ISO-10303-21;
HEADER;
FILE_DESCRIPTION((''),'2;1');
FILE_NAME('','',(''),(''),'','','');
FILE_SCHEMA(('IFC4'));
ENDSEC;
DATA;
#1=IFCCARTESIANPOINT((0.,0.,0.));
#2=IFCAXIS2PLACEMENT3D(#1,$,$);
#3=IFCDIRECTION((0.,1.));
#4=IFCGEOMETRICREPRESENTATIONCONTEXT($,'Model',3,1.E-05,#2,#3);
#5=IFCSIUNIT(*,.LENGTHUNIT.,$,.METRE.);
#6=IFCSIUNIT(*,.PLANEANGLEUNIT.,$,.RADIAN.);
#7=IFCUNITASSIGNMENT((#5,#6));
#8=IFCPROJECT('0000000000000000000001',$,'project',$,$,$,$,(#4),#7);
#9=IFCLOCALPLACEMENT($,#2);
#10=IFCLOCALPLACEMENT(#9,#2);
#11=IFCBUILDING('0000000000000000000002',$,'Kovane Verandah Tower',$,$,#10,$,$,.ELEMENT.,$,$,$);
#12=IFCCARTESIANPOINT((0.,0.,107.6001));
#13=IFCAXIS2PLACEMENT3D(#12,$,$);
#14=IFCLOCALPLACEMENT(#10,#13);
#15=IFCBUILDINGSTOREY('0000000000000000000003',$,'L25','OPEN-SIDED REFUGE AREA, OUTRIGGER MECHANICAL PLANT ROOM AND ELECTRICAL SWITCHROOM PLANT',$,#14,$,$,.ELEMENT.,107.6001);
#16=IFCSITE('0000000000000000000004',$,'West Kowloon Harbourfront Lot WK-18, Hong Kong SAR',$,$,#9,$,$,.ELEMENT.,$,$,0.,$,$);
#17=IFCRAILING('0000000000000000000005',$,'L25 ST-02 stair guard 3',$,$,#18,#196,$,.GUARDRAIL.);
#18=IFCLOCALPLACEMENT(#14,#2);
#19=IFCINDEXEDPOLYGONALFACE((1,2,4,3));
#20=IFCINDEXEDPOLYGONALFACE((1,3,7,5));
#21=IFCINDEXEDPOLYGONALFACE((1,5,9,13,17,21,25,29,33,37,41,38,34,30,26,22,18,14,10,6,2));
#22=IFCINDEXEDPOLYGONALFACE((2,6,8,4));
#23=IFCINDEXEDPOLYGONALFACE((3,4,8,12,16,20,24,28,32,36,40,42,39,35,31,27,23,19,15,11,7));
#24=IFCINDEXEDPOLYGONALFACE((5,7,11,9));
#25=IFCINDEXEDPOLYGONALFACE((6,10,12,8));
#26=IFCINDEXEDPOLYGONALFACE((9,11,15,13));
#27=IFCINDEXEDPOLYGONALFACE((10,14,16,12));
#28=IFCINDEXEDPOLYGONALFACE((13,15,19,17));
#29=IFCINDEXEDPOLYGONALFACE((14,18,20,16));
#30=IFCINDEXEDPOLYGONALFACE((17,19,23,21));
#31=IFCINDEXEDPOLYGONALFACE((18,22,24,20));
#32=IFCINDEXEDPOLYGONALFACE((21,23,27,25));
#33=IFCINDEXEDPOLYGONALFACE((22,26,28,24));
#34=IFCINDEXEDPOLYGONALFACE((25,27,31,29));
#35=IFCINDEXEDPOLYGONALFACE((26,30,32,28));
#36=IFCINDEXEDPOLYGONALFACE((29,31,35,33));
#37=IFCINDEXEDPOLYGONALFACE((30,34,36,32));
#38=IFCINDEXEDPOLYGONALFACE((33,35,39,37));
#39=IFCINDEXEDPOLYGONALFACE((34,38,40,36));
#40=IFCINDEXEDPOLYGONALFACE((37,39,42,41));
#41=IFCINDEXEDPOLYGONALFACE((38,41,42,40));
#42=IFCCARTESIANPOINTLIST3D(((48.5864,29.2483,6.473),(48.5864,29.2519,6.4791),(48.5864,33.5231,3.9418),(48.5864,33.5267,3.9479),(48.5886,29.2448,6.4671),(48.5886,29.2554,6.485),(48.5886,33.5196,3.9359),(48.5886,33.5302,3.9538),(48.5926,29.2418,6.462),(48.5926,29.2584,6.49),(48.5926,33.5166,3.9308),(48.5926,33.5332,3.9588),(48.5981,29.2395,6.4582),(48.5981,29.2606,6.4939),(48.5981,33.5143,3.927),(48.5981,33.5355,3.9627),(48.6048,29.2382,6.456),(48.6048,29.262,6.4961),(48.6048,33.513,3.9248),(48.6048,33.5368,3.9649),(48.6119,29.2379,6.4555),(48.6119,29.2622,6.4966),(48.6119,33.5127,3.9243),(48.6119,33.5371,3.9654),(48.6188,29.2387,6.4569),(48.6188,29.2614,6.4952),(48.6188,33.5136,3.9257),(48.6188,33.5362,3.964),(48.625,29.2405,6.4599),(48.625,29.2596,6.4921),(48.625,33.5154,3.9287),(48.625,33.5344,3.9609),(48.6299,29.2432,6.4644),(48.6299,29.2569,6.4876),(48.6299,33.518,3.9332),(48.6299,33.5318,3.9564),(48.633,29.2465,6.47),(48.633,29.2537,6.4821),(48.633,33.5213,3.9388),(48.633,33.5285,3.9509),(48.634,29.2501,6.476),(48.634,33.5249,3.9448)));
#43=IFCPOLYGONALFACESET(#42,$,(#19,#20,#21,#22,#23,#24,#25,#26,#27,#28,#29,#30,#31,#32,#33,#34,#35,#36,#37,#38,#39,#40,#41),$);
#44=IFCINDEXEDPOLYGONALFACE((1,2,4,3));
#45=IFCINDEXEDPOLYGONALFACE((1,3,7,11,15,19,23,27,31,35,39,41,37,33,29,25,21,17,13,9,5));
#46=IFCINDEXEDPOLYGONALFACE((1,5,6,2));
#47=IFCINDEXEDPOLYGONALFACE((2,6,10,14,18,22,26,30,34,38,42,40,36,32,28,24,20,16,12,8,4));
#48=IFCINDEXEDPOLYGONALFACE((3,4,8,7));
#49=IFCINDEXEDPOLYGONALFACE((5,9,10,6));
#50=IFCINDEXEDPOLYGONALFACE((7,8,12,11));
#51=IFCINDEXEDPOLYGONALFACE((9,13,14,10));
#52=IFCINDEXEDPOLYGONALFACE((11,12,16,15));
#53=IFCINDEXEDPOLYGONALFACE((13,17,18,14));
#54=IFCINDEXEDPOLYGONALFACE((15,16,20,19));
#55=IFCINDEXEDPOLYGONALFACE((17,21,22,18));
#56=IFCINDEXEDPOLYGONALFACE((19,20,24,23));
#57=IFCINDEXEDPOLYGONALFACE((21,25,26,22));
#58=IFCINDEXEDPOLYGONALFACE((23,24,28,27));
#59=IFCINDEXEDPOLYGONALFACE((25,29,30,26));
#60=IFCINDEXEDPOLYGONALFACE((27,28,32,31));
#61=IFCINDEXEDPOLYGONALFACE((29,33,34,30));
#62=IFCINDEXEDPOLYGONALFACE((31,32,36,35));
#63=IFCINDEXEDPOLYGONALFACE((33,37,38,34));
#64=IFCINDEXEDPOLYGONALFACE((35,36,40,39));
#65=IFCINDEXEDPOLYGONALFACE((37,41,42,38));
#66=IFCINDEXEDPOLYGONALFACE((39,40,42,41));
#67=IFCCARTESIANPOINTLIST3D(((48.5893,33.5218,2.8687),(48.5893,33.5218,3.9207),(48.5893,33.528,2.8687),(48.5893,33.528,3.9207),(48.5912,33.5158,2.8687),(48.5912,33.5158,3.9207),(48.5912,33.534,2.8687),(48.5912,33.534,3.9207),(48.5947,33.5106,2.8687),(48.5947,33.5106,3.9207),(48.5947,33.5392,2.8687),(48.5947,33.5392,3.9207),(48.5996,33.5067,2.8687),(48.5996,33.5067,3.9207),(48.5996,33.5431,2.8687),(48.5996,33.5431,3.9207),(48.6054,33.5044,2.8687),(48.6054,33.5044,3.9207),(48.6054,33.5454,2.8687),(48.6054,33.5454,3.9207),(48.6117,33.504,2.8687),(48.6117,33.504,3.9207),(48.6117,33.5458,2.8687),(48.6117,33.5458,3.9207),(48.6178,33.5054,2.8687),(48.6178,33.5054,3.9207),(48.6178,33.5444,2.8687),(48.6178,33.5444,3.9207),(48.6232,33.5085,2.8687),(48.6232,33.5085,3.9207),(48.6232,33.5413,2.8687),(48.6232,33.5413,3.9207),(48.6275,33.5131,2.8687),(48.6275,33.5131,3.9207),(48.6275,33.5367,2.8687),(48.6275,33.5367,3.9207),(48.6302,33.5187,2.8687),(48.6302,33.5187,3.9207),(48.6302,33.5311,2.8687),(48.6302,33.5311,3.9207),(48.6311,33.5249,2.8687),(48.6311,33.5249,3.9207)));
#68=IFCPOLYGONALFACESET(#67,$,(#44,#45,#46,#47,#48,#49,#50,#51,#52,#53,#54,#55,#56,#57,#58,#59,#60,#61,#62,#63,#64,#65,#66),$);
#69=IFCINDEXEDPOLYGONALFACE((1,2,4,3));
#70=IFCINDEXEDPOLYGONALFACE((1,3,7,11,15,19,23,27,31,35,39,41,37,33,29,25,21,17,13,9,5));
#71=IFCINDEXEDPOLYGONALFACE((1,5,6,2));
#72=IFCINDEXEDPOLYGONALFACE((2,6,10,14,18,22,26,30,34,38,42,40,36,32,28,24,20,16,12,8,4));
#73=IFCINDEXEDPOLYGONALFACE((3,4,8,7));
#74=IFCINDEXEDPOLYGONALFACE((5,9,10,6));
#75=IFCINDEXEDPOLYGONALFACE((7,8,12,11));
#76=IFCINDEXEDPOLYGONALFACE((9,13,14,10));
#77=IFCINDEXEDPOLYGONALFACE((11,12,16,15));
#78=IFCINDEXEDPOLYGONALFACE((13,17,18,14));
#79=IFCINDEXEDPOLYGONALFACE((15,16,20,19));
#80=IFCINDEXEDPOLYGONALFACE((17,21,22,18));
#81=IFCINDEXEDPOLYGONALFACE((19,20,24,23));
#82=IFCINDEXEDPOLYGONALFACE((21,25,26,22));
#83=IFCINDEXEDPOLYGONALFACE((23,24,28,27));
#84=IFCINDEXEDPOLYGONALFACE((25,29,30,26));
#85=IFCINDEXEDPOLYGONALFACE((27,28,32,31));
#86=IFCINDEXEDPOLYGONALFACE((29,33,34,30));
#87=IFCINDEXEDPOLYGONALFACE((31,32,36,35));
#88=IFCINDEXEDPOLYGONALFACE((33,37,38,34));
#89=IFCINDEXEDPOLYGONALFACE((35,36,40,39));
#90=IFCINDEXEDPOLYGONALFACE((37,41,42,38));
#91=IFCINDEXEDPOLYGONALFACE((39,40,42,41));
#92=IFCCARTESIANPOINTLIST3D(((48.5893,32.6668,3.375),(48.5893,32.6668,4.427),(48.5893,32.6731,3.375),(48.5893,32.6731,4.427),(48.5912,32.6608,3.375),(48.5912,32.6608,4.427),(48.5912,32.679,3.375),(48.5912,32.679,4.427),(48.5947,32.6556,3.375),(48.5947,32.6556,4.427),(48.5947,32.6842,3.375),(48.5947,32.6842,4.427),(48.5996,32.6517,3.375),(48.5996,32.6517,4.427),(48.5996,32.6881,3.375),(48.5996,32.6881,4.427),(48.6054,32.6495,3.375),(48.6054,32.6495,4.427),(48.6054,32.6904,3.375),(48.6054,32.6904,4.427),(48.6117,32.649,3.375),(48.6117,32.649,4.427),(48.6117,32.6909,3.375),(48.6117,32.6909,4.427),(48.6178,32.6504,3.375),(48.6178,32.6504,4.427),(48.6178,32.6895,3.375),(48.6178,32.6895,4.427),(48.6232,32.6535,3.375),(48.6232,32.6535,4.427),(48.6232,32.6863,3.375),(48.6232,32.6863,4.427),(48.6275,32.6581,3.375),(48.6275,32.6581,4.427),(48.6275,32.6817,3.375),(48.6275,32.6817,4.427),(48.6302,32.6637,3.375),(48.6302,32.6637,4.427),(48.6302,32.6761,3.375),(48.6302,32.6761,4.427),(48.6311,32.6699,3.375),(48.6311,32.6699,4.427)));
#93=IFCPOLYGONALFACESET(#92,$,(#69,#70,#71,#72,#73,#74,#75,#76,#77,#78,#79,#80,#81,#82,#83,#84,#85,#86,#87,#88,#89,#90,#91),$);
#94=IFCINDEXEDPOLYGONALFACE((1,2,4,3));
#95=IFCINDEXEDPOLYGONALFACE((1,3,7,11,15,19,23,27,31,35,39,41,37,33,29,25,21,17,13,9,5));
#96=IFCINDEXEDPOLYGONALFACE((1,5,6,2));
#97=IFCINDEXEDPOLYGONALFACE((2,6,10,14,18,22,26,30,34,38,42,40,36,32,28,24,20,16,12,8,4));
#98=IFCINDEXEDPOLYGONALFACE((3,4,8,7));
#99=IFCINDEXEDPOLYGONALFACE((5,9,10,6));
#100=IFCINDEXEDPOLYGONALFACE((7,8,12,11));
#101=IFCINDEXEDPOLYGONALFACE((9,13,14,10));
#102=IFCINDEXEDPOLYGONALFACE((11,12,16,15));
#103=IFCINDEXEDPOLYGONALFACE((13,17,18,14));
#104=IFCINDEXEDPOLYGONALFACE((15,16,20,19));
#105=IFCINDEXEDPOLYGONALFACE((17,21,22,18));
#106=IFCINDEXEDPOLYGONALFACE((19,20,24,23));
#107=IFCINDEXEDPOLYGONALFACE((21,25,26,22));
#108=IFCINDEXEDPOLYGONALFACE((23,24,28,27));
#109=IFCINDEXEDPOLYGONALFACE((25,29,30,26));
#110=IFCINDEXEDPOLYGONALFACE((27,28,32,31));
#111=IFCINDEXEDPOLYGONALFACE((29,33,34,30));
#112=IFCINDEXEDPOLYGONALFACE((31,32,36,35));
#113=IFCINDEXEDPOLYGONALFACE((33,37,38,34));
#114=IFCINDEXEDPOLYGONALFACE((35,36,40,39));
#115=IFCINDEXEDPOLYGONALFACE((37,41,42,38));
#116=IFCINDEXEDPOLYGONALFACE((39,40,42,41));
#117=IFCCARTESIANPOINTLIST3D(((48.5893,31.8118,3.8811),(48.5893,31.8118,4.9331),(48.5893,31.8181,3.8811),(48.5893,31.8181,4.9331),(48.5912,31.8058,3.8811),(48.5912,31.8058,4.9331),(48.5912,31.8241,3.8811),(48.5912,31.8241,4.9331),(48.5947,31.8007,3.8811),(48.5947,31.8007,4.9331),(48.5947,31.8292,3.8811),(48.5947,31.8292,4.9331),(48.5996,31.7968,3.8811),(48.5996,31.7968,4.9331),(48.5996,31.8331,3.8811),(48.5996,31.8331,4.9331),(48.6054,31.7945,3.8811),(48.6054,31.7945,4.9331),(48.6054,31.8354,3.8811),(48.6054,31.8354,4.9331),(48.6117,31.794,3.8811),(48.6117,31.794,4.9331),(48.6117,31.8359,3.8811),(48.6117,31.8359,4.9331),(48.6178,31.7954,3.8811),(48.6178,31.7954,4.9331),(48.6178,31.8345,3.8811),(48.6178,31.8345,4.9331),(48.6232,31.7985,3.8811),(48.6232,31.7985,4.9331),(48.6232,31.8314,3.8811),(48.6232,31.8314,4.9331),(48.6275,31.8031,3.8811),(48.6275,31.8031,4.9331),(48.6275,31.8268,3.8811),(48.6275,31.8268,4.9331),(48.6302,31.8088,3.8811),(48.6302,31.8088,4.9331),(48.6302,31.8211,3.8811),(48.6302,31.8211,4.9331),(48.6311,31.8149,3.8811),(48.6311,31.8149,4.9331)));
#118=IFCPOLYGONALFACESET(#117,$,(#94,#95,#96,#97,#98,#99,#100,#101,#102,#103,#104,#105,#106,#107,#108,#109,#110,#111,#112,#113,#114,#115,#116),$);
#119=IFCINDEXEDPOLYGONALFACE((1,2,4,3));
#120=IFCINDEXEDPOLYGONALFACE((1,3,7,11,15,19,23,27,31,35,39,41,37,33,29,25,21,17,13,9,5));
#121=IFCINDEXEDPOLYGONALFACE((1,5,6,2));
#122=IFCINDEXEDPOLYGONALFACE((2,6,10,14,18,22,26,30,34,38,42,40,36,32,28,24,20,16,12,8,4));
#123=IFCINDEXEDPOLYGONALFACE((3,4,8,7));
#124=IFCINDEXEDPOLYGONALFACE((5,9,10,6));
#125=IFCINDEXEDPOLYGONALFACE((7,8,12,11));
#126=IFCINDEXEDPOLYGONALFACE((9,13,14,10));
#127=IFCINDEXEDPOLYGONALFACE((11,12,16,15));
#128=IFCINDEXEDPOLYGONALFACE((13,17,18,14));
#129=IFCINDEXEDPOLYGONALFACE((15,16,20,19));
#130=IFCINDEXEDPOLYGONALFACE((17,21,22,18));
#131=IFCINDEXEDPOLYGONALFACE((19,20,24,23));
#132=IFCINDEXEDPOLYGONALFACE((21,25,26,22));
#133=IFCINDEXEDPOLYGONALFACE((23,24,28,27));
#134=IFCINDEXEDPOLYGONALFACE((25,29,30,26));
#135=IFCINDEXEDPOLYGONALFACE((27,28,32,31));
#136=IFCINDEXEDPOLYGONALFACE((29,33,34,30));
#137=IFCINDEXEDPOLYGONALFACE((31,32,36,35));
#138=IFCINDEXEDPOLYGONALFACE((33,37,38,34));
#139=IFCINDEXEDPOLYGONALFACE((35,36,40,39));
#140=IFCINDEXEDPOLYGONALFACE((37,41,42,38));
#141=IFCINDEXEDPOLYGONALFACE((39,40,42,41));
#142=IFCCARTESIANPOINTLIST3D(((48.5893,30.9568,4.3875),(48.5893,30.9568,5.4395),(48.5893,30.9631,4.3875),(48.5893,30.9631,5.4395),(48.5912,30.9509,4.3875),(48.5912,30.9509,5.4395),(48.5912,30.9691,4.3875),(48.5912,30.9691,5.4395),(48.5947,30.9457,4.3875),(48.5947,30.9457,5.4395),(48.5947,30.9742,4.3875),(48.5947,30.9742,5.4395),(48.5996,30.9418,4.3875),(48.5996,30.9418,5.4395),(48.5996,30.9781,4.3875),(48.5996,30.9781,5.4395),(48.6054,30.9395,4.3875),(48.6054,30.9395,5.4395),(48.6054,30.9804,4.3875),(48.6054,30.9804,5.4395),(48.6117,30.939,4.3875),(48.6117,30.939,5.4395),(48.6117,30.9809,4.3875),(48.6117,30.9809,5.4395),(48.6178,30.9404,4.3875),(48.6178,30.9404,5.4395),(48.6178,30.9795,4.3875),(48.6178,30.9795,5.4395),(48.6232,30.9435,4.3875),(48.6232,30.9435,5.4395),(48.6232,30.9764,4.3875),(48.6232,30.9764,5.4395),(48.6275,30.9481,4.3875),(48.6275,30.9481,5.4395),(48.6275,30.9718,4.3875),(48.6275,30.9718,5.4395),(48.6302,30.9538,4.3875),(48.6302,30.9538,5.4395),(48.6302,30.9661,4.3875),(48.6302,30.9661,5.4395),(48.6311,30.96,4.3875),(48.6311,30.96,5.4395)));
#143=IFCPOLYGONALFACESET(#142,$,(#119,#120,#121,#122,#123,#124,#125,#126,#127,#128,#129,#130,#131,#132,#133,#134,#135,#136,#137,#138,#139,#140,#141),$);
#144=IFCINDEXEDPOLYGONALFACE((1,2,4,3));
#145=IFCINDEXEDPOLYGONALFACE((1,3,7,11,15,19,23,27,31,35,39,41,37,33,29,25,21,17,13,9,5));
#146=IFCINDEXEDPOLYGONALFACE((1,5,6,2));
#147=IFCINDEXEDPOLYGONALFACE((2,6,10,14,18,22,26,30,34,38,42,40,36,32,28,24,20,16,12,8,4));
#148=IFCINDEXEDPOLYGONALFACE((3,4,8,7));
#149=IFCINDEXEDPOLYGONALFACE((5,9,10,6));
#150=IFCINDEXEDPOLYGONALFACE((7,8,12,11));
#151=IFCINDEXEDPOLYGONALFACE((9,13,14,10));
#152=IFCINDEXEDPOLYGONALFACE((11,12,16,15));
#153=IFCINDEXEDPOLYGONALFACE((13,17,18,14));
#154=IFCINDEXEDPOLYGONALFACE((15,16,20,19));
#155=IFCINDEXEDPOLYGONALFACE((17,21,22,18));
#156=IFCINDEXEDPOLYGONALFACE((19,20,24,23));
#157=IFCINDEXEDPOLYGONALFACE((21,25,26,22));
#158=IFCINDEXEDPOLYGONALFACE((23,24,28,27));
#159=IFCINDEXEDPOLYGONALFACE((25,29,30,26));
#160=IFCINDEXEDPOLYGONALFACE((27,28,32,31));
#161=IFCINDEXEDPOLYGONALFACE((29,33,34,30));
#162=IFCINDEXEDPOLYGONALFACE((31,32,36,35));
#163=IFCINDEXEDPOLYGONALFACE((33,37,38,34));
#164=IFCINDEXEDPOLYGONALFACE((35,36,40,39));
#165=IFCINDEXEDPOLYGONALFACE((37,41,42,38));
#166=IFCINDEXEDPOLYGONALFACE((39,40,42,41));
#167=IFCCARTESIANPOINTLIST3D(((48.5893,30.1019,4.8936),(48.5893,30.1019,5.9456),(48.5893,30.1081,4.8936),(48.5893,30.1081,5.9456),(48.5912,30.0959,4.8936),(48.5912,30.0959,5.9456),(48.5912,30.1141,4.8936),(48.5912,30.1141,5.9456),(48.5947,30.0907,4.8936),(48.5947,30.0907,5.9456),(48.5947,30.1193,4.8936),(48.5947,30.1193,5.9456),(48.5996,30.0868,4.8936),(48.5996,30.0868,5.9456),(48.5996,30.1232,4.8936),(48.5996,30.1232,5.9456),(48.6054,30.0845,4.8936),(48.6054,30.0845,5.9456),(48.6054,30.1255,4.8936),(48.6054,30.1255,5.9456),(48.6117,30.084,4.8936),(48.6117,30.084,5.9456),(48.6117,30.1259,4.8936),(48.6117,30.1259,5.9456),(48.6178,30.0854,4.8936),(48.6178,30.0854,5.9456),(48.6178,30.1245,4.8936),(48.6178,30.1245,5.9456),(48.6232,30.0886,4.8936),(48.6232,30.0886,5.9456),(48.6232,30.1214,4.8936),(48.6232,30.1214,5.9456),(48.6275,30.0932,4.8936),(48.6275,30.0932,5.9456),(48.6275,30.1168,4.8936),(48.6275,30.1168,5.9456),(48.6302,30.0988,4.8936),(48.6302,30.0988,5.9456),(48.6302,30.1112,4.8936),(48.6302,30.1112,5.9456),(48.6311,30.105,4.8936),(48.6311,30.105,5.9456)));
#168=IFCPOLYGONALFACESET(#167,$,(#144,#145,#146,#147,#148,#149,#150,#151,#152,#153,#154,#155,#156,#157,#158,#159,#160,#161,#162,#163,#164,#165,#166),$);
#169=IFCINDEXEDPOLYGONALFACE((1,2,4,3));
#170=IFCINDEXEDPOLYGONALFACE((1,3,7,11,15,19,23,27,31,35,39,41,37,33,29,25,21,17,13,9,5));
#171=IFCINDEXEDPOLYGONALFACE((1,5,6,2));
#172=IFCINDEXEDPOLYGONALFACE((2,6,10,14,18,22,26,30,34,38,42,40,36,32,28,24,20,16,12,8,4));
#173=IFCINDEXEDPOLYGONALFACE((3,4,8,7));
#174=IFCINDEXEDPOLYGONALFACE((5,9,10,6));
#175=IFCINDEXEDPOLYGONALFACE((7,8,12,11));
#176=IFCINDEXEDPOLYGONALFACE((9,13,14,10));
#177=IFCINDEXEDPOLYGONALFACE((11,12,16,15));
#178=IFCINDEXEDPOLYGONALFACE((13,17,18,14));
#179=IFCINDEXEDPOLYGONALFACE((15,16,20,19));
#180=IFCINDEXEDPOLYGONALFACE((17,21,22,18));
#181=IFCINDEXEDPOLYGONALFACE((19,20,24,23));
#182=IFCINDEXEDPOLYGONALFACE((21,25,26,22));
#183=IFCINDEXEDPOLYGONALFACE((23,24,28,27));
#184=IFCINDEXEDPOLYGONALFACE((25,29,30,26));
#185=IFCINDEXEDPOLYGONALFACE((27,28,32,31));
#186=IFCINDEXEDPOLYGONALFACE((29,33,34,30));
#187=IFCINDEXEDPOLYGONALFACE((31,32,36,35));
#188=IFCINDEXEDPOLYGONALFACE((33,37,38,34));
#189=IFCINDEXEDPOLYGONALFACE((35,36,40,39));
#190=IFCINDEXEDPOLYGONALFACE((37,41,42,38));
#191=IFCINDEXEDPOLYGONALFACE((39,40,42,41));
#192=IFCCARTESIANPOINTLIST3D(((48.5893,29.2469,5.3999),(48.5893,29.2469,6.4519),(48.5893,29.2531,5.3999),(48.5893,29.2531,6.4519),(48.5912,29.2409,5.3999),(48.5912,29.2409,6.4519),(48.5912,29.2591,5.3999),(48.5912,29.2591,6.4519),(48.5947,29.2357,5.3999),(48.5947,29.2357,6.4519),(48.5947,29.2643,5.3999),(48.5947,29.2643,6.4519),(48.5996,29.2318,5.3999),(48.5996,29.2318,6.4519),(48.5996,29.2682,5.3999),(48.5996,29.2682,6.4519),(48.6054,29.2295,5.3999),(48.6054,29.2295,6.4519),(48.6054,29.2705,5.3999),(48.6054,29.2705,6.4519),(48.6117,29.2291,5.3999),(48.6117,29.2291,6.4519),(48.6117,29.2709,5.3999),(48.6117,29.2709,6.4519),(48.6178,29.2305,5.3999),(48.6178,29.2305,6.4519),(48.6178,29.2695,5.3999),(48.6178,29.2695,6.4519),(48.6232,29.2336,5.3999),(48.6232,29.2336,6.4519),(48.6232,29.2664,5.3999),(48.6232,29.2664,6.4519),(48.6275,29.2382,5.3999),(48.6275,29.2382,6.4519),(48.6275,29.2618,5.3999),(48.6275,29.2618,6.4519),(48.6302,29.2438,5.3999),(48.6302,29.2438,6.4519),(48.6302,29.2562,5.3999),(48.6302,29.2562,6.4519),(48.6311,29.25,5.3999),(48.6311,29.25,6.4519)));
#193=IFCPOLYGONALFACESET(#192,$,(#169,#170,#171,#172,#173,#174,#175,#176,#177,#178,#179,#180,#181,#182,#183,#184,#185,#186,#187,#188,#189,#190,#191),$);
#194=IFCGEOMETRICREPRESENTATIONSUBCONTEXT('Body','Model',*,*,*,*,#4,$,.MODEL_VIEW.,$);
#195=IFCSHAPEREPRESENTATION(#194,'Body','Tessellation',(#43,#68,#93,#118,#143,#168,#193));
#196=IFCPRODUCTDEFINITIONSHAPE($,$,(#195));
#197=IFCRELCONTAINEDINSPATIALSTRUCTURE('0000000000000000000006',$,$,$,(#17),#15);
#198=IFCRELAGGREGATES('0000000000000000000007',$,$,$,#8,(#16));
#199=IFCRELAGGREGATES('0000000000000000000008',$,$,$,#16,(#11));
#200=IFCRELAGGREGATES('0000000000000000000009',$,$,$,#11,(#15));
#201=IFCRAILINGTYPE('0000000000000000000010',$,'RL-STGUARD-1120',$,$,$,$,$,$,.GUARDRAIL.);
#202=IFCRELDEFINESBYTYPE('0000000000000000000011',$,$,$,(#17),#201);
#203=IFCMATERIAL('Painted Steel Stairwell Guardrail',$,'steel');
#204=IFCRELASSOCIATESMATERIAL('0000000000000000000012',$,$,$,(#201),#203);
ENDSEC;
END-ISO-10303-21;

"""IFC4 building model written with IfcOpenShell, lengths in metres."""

from ifc_helpers import new_model, si_unit, direction, frame, origin, origin_2d, place, context, subcontext, project, spatial, circle, extrude, material, type_object, element, save


model = new_model("IFC4")

# Units and contexts
model_context = context("Model", 3, precision=1e-05, world=origin(), true_north=direction((0.0, 1.0)))
body_context = subcontext(model_context, "Body", "Model", "MODEL_VIEW")
ifc_project = project(units=[si_unit("LENGTHUNIT", "METRE"), si_unit("PLANEANGLEUNIT", "RADIAN")], contexts=[model_context])

# Site, building, storey
site_placement = place(None, origin())
site = spatial("IfcSite", under=ifc_project, at=site_placement, Name="West Kowloon Harbourfront Lot WK-18, Hong Kong SAR", CompositionType="ELEMENT", RefElevation=0.0)
building_placement = place(site_placement, origin())
building = spatial("IfcBuilding", under=site, at=building_placement, Name="Kovane Verandah Tower", CompositionType="ELEMENT")
storey_placement = place(building_placement, frame((0.0, 0.0, 107.6001)))
storey = spatial("IfcBuildingStorey", under=building, at=storey_placement, Name="L25", Description="OPEN-SIDED REFUGE AREA, OUTRIGGER MECHANICAL PLANT ROOM AND ELECTRICAL SWITCHROOM PLANT", CompositionType="ELEMENT", Elevation=107.6001)

# Railing
ifc_material_1 = material(Name="Painted Steel Stairwell Guardrail", Category="steel")
railing_type_1 = type_object("IfcRailingType", Name="RL-STGUARD-1120", PredefinedType="GUARDRAIL", material=ifc_material_1)
railing_1_placement = place(storey_placement, frame((48.6101, 33.5249, 2.8687)))
element("IfcRailing", 1, at=railing_1_placement, inside=storey, type_object=railing_type_1, Name="L25 ST-02 stair guard 3", PredefinedType="GUARDRAIL", context=body_context, shape_type="SweptSolid", body=[
    extrude(circle(Radius=0.0239, at=origin_2d()), frame((0.0, 0.0, 1.0762), z_axis=(0.0, -0.86047, 0.509501), x_axis=(1.0, 0.0, 0.0)), (0.0, 0.0, 1.0), 4.968),
    extrude(circle(Radius=0.021, at=origin_2d()), origin(), (0.0, 0.0, 1.0), 1.052),
    extrude(circle(Radius=0.021, at=origin_2d()), frame((0.0, -0.855, 0.5063)), (0.0, 0.0, 1.0), 1.052),
    extrude(circle(Radius=0.021, at=origin_2d()), frame((0.0, -1.71, 1.0125)), (0.0, 0.0, 1.0), 1.052),
    extrude(circle(Radius=0.021, at=origin_2d()), frame((0.0, -2.5649, 1.5188)), (0.0, 0.0, 1.0), 1.052),
    extrude(circle(Radius=0.021, at=origin_2d()), frame((0.0, -3.4199, 2.0249)), (0.0, 0.0, 1.0), 1.052),
    extrude(circle(Radius=0.021, at=origin_2d()), frame((0.0, -4.2749, 2.5312)), (0.0, 0.0, 1.0), 1.052),
])

save(model, "model.ifc")
